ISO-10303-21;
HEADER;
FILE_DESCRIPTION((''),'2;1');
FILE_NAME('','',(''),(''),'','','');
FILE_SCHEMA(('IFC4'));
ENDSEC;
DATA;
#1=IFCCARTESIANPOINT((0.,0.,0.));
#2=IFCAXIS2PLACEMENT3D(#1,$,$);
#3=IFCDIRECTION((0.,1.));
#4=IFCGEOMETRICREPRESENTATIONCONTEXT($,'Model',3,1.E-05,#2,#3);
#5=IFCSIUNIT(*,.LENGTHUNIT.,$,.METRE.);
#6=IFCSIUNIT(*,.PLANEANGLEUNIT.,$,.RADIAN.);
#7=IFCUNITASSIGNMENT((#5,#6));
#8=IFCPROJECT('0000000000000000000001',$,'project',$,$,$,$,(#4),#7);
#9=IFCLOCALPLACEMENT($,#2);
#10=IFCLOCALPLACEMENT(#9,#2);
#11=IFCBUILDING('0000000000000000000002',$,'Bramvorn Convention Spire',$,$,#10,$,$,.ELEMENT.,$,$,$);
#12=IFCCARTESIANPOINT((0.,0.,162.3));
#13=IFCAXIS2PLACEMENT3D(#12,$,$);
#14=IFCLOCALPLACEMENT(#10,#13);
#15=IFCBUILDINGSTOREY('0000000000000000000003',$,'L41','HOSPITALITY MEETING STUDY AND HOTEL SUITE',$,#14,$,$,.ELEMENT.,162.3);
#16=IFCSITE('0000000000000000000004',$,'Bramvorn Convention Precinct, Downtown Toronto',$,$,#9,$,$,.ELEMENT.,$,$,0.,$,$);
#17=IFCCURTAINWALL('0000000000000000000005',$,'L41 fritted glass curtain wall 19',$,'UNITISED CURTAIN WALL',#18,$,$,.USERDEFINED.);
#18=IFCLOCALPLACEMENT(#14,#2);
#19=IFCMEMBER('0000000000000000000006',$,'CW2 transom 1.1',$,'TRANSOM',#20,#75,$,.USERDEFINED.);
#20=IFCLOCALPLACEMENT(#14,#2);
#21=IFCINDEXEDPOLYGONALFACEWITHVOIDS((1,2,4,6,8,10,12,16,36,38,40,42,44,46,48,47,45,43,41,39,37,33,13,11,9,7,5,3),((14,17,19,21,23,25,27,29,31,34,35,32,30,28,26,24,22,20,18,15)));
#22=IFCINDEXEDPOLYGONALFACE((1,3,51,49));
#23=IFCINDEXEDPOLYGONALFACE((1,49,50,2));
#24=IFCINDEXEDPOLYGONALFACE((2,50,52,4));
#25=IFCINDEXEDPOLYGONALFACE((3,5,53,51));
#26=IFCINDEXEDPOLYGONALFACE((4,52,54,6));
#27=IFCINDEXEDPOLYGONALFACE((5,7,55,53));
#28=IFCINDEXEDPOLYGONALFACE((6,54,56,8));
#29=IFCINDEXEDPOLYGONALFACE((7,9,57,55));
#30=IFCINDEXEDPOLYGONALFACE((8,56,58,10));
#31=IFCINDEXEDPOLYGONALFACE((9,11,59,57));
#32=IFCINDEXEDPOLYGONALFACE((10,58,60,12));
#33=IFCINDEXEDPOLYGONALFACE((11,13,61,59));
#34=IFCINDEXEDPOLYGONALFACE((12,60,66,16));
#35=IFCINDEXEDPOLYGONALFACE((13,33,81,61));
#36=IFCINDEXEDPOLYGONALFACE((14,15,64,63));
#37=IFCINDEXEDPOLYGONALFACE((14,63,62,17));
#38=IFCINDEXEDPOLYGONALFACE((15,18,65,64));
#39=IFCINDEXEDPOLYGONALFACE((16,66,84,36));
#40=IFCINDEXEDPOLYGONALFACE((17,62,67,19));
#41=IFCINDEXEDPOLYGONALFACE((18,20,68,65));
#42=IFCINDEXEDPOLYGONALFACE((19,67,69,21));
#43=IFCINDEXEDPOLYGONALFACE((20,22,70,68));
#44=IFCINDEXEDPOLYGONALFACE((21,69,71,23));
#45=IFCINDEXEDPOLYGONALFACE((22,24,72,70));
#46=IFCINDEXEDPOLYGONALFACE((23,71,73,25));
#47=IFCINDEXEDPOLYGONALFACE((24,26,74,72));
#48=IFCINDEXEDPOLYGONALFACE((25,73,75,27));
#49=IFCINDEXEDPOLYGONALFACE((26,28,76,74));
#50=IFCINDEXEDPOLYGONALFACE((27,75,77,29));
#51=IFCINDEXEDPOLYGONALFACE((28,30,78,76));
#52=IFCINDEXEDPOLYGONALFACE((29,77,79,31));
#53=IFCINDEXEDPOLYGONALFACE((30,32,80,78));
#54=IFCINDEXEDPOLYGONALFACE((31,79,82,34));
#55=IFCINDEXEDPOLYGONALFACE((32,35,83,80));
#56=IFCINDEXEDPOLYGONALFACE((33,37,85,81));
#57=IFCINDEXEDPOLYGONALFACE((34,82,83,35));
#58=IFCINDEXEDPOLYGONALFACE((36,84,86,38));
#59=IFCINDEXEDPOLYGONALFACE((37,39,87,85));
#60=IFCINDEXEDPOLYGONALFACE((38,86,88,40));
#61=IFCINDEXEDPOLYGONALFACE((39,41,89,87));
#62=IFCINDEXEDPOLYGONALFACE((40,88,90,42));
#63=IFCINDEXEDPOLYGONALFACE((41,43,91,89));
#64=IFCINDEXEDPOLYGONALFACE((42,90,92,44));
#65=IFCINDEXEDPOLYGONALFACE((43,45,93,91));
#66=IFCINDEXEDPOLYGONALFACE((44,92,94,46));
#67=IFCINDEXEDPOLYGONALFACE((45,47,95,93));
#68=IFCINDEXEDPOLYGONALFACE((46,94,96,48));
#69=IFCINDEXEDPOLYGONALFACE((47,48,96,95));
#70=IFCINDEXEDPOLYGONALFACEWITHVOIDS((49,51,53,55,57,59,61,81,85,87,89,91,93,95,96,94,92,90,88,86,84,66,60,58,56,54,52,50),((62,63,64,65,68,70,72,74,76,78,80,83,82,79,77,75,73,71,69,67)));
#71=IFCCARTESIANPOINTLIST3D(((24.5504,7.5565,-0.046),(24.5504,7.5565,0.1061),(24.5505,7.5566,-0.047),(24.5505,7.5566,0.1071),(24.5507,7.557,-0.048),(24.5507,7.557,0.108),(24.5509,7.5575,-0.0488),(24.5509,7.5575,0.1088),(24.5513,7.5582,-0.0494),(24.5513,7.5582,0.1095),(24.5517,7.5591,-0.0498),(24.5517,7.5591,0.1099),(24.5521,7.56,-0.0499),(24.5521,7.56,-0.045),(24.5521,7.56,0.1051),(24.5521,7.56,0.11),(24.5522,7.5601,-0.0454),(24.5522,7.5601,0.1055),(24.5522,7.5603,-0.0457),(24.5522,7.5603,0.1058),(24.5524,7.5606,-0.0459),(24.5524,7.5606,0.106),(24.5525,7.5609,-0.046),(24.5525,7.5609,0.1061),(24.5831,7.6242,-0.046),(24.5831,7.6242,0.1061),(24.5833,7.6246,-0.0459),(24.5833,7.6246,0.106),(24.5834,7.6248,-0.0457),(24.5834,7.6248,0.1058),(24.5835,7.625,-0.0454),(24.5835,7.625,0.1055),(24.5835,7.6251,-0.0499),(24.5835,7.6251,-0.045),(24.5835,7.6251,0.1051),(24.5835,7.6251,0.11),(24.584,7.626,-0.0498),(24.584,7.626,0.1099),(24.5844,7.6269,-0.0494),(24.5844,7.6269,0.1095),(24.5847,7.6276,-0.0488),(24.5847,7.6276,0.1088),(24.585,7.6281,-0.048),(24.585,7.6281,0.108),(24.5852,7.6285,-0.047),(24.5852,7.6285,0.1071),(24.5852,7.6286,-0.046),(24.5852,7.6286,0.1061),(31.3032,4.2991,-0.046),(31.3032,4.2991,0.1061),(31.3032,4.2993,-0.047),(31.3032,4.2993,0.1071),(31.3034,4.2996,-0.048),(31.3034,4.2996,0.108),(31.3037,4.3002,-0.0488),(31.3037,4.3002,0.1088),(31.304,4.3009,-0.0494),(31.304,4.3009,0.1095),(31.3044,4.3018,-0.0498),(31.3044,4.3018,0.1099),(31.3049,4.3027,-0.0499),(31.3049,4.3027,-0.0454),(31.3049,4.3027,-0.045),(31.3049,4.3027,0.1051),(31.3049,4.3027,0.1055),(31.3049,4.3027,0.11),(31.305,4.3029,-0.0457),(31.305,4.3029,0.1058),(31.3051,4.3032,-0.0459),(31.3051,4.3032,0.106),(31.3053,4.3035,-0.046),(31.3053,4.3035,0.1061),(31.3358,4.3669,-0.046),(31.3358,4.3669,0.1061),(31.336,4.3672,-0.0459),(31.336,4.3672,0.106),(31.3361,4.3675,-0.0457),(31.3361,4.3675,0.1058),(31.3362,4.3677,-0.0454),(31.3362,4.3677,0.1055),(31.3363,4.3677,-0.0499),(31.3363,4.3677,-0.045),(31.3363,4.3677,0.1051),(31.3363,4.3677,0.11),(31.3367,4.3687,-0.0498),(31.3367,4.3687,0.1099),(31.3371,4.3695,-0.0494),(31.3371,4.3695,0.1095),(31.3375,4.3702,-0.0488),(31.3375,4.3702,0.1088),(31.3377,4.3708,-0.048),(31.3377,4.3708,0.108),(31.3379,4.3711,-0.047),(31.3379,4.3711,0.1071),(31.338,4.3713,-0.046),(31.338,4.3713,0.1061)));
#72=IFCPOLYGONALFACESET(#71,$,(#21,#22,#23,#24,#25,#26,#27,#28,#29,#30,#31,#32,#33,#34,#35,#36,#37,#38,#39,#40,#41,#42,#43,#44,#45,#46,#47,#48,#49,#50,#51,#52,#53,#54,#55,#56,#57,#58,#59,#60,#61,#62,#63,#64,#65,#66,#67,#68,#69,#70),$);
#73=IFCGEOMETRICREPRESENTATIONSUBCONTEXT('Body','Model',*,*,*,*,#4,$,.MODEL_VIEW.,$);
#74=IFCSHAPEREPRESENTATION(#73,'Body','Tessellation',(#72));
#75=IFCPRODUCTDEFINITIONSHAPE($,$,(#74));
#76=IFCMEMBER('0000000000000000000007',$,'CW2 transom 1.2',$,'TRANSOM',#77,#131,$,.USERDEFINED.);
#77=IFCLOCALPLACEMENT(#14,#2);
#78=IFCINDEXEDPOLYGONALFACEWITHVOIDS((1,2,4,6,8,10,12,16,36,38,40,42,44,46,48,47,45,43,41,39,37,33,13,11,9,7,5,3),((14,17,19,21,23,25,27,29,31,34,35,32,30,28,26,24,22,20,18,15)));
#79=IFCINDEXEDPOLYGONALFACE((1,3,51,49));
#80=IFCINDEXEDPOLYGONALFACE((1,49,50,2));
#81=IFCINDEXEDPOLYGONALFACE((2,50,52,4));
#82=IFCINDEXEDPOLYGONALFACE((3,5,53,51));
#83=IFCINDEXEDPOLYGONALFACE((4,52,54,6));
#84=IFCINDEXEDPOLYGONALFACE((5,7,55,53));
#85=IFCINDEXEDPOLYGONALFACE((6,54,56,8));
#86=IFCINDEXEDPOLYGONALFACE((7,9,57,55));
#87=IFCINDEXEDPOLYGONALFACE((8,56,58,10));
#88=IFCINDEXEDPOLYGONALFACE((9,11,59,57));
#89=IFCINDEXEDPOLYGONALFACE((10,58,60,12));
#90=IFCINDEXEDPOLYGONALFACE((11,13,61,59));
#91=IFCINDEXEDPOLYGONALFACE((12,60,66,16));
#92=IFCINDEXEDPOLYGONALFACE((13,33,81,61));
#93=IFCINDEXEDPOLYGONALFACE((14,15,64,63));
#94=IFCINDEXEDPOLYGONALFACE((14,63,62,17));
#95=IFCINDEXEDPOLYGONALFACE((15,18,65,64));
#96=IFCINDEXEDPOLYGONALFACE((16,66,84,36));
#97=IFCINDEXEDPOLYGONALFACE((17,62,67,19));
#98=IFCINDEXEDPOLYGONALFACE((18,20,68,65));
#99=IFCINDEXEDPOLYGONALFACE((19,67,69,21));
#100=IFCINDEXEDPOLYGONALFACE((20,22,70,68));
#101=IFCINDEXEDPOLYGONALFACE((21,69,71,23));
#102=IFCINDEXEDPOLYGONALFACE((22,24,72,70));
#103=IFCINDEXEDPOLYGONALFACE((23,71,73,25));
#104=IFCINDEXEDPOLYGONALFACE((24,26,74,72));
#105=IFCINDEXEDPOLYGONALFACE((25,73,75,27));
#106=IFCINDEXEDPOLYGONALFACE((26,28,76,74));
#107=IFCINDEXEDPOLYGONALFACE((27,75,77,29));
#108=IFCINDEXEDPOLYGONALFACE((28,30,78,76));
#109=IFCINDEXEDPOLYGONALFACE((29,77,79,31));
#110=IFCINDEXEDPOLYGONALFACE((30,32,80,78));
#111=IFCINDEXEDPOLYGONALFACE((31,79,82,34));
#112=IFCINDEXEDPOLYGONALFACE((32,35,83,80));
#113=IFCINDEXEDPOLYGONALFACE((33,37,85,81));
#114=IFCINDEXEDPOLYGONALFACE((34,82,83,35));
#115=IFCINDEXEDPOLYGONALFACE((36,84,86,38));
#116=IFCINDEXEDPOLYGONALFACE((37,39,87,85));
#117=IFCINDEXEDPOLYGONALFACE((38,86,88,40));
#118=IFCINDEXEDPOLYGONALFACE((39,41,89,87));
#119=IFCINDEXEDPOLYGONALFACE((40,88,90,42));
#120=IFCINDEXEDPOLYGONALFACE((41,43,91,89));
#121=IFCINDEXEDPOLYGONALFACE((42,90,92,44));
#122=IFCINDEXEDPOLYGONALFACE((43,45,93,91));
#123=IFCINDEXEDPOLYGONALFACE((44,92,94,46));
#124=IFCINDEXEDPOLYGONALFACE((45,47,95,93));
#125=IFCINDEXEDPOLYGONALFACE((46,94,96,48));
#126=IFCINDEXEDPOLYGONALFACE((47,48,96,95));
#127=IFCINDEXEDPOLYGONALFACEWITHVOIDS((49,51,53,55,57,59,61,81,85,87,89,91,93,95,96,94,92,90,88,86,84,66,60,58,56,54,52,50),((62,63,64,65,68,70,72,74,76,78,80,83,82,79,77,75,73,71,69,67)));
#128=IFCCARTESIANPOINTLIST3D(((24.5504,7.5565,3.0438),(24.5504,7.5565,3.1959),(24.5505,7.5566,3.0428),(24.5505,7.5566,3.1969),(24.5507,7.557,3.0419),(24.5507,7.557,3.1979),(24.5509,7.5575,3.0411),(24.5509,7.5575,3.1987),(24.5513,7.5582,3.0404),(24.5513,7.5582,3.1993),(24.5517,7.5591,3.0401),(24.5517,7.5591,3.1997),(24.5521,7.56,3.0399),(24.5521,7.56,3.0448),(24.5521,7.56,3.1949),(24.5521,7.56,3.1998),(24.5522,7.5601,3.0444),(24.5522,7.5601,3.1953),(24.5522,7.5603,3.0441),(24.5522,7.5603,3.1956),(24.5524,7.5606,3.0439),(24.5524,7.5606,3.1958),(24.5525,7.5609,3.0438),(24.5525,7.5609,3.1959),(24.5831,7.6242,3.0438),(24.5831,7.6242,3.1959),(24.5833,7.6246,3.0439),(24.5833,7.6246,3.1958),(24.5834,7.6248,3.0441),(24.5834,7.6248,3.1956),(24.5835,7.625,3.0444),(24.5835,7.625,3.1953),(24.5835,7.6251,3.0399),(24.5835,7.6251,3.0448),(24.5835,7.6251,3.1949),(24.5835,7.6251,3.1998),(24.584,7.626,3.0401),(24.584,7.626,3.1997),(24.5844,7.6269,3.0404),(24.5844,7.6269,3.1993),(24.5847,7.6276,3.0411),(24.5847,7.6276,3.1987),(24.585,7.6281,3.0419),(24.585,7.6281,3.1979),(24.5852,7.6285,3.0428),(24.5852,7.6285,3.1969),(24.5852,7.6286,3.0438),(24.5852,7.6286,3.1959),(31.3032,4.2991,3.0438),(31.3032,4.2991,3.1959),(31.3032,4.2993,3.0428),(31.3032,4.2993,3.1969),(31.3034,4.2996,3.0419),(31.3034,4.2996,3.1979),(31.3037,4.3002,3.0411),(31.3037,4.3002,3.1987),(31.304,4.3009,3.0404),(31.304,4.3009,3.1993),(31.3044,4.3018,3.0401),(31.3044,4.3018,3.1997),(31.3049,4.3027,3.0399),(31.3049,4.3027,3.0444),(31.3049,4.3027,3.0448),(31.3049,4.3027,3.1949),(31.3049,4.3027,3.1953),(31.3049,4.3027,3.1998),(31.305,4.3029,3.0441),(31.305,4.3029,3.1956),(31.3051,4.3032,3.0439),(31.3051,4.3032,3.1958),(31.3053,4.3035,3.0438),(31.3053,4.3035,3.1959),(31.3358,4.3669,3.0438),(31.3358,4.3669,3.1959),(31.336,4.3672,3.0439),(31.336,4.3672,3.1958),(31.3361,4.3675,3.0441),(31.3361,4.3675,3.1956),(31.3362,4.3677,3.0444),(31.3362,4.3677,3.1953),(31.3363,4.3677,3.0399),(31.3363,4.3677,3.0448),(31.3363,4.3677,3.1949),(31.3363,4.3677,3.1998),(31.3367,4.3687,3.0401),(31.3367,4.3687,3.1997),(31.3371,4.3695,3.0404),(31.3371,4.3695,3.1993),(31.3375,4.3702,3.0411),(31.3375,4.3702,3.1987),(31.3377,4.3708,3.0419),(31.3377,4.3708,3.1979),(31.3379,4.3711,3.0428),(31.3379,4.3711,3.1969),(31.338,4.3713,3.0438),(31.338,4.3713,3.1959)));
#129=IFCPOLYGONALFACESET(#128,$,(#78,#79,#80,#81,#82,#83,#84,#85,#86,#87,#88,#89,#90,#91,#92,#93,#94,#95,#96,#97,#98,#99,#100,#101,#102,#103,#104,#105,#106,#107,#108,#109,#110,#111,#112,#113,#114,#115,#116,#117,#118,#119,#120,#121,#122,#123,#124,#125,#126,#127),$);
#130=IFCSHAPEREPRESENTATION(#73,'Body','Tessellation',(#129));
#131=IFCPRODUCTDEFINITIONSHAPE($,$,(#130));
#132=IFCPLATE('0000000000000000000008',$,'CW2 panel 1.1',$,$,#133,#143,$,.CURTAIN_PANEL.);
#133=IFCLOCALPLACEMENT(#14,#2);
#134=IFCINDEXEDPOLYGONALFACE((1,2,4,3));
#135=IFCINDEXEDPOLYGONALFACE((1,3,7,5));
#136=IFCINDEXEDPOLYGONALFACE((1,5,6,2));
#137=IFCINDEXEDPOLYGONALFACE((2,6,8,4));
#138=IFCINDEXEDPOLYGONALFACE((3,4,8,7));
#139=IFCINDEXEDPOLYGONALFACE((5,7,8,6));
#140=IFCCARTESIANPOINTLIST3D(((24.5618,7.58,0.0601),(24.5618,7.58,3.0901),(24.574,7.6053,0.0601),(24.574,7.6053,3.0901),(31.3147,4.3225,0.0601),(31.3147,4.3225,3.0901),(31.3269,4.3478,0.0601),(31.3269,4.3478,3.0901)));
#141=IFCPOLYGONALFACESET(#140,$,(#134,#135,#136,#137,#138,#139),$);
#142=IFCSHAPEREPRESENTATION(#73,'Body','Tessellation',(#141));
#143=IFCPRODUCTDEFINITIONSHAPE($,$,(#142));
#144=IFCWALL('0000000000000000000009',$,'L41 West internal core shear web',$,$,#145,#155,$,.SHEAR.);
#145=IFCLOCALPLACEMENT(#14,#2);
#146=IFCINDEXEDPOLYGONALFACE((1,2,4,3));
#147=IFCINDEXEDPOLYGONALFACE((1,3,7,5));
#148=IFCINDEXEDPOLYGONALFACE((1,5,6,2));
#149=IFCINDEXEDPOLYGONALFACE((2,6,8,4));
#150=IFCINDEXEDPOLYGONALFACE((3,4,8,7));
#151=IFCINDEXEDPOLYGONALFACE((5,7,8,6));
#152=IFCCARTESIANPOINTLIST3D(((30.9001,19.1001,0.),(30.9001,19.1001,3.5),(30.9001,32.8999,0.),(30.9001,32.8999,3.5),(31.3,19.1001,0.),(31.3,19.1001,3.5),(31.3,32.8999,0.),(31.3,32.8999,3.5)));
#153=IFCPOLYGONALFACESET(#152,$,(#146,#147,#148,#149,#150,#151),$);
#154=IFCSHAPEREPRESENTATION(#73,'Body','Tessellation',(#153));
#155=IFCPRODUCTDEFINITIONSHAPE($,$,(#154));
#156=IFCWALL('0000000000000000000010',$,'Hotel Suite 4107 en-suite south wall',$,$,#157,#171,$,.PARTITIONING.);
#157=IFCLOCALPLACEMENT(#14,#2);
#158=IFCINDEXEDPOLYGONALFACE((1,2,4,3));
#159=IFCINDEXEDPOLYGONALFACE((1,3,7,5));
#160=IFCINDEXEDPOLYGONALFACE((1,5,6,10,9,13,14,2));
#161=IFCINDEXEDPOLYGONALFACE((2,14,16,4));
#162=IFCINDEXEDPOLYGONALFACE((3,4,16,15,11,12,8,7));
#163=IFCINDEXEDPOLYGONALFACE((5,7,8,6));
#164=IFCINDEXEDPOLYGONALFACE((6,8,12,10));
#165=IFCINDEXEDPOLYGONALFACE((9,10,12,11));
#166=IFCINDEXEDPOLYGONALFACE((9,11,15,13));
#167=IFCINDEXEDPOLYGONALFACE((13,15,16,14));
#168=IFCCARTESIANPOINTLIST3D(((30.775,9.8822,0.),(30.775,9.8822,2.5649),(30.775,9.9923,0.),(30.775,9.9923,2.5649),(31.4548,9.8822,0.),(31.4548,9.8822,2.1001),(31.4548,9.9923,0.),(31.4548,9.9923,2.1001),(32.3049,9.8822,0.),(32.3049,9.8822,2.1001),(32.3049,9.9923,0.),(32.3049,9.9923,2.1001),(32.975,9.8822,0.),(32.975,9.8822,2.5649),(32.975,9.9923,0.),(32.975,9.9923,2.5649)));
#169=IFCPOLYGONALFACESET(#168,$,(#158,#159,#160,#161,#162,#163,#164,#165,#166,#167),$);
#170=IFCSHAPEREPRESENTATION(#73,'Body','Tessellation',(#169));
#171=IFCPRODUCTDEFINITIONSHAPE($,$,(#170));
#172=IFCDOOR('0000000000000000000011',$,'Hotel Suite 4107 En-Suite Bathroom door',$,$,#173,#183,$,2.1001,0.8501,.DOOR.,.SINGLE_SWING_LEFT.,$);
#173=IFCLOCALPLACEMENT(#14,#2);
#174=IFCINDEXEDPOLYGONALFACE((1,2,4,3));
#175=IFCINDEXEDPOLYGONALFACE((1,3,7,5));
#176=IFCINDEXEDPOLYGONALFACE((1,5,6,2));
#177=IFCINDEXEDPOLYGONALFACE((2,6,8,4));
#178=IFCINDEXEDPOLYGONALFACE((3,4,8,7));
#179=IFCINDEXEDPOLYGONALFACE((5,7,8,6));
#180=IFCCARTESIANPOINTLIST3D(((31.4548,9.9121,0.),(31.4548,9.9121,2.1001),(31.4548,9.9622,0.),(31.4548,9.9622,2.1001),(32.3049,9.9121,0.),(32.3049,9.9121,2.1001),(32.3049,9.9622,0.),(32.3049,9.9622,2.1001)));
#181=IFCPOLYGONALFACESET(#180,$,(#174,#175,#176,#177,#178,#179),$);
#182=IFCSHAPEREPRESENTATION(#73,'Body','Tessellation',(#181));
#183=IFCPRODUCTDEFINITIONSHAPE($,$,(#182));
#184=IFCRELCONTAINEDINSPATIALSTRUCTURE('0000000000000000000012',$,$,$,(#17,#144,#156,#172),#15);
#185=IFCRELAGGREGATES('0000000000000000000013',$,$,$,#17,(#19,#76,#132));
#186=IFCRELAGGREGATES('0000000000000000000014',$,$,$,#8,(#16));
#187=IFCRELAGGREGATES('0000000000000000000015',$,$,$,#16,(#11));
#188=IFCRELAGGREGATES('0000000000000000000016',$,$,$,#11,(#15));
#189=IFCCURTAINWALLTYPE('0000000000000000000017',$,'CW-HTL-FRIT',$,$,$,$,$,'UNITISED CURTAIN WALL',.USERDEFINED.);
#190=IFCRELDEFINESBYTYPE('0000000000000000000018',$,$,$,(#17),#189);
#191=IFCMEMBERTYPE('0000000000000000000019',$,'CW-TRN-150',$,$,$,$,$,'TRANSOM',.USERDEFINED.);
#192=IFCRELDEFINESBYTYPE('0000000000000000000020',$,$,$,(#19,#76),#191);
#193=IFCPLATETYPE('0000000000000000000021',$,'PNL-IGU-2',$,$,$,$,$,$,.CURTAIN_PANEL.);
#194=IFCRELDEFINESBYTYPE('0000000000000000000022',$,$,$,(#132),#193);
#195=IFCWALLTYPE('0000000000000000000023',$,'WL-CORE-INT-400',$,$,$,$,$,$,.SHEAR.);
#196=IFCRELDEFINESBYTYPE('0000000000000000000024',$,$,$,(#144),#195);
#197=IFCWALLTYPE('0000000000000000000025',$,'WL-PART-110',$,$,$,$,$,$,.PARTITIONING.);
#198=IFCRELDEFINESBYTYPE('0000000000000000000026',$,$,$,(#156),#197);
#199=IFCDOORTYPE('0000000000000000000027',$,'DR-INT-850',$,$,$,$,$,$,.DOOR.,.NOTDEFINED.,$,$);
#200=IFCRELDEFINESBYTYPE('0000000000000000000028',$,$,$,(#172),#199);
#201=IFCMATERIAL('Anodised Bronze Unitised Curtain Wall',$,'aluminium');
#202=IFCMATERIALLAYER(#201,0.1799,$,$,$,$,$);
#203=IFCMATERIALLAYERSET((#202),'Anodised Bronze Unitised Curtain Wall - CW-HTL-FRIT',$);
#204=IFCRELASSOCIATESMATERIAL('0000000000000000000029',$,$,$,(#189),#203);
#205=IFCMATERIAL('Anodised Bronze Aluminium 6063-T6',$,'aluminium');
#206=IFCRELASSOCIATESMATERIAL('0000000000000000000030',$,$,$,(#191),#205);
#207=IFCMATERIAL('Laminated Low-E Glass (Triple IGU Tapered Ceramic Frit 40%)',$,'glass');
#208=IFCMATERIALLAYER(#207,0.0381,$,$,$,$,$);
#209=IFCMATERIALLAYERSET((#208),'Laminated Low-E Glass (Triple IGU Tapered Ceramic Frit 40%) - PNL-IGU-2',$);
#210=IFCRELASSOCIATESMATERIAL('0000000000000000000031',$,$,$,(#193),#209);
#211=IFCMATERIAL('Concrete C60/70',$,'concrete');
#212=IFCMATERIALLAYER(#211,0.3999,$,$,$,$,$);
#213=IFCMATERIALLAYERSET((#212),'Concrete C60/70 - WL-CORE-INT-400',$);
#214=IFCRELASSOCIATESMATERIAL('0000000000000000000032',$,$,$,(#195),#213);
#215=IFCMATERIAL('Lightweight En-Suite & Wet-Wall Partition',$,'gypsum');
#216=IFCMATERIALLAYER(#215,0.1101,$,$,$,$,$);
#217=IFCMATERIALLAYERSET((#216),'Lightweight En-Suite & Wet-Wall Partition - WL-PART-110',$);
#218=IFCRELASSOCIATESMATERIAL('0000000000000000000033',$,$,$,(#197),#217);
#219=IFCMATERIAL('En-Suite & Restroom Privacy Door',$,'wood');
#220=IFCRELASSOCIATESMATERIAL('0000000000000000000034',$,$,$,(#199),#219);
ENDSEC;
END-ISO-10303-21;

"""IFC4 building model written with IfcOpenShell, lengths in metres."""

from ifc_helpers import new_model, si_unit, direction, frame, frame_2d, origin, origin_2d, place, context, subcontext, project, spatial, rectangle, hollow_rectangle, extrude, material, layer, layer_set, material_profile, profile_set, type_object, element, fill, aggregate, save


model = new_model("IFC4")

# Units and contexts
model_context = context("Model", 3, precision=1e-05, world=origin(), true_north=direction((0.0, 1.0)))
body_context = subcontext(model_context, "Body", "Model", "MODEL_VIEW")
ifc_project = project(units=[si_unit("LENGTHUNIT", "METRE"), si_unit("PLANEANGLEUNIT", "RADIAN")], contexts=[model_context])

# Site, building, storey
site_placement = place(None, origin())
site = spatial("IfcSite", under=ifc_project, at=site_placement, Name="Bramvorn Convention Precinct, Downtown Toronto", CompositionType="ELEMENT", RefElevation=0.0)
building_placement = place(site_placement, origin())
building = spatial("IfcBuilding", under=site, at=building_placement, Name="Bramvorn Convention Spire", CompositionType="ELEMENT")
storey_placement = place(building_placement, frame((0.0, 0.0, 162.3)))
storey = spatial("IfcBuildingStorey", under=building, at=storey_placement, Name="L41", Description="HOSPITALITY MEETING STUDY AND HOTEL SUITE", CompositionType="ELEMENT", Elevation=162.3)

# Curtain wall, members, plate
ifc_material_1 = material(Name="Anodised Bronze Unitised Curtain Wall", Category="aluminium")
ifc_layer_1 = layer(ifc_material_1, 0.1799)
ifc_layer_set_1 = layer_set([ifc_layer_1], Name="Anodised Bronze Unitised Curtain Wall - CW-HTL-FRIT")
curtain_wall_type = type_object("IfcCurtainWallType", Name="CW-HTL-FRIT", ElementType="UNITISED CURTAIN WALL", PredefinedType="USERDEFINED", material=ifc_layer_set_1)
curtain_wall_placement = place(storey_placement, origin())
curtain_wall = element("IfcCurtainWall", 1, at=curtain_wall_placement, inside=storey, type_object=curtain_wall_type, Name="L41 fritted glass curtain wall 19", ObjectType="UNITISED CURTAIN WALL", PredefinedType="USERDEFINED")
ifc_material_2 = material(Name="Anodised Bronze Aluminium 6063-T6", Category="aluminium")
ifc_material_profile_1 = material_profile(ifc_material_2, hollow_rectangle(XDim=0.0801, YDim=0.1599, WallThickness=0.0039, InnerFilletRadius=0.001, OuterFilletRadius=0.0039, at=origin_2d()))
ifc_profile_set_1 = profile_set([ifc_material_profile_1], Name="Anodised Bronze Aluminium 6063-T6 - CWT80X160")
member_type_1 = type_object("IfcMemberType", Name="CW-TRN-150", ElementType="TRANSOM", PredefinedType="USERDEFINED", material=ifc_profile_set_1)
member_1_placement = place(storey_placement, frame((31.3206, 4.3352, 0.03), z_axis=(-0.900687, 0.434469, 0.0), x_axis=(-0.434469, -0.900687, 0.0)))
member_1 = element("IfcMember", 2, at=member_1_placement, type_object=member_type_1, Name="CW2 transom 1.1", ObjectType="TRANSOM", PredefinedType="USERDEFINED", context=body_context, shape_type="SweptSolid", body=[
    extrude(hollow_rectangle(XDim=0.0801, YDim=0.1599, WallThickness=0.0039, InnerFilletRadius=0.001, OuterFilletRadius=0.0039, at=origin_2d()), origin(), (0.0, 0.0, 1.0), 7.4973),
])
member_2_placement = place(storey_placement, frame((31.3206, 4.3352, 3.1199), z_axis=(-0.900687, 0.434469, 0.0), x_axis=(-0.434469, -0.900687, 0.0)))
member_2 = element("IfcMember", 3, at=member_2_placement, type_object=member_type_1, Name="CW2 transom 1.2", ObjectType="TRANSOM", PredefinedType="USERDEFINED", context=body_context, shape_type="SweptSolid", body=[
    extrude(hollow_rectangle(XDim=0.0801, YDim=0.1599, WallThickness=0.0039, InnerFilletRadius=0.001, OuterFilletRadius=0.0039, at=origin_2d()), origin(), (0.0, 0.0, 1.0), 7.4973),
])
ifc_material_3 = material(Name="Laminated Low-E Glass (Triple IGU Tapered Ceramic Frit 40%)", Category="glass")
ifc_layer_2 = layer(ifc_material_3, 0.0381)
ifc_layer_set_2 = layer_set([ifc_layer_2], Name="Laminated Low-E Glass (Triple IGU Tapered Ceramic Frit 40%) - PNL-IGU-2")
plate_type = type_object("IfcPlateType", Name="PNL-IGU-2", PredefinedType="CURTAIN_PANEL", material=ifc_layer_set_2)
plate_placement = place(storey_placement, frame((27.9443, 5.9639, 0.0601), z_axis=(0.0, 0.0, 1.0), x_axis=(-0.900683, 0.434477, 0.0)))
plate = element("IfcPlate", 4, at=plate_placement, type_object=plate_type, Name="CW2 panel 1.1", PredefinedType="CURTAIN_PANEL", context=body_context, shape_type="SweptSolid", body=[
    extrude(rectangle(XDim=7.4976, YDim=0.0281, at=origin_2d()), origin(), (0.0, 0.0, 1.0), 3.03),
])
aggregate(curtain_wall, [member_1, member_2, plate])

# Wall
ifc_material_4 = material(Name="Concrete C60/70", Category="concrete")
ifc_layer_3 = layer(ifc_material_4, 0.3999)
ifc_layer_set_3 = layer_set([ifc_layer_3], Name="Concrete C60/70 - WL-CORE-INT-400")
wall_type_1 = type_object("IfcWallType", Name="WL-CORE-INT-400", PredefinedType="SHEAR", material=ifc_layer_set_3)
wall_1_placement = place(storey_placement, frame((31.1001, 19.1001, 0.0), z_axis=(0.0, 0.0, 1.0), x_axis=(0.0, 1.0, 0.0)))
element("IfcWall", 5, at=wall_1_placement, inside=storey, type_object=wall_type_1, Name="L41 West internal core shear web", PredefinedType="SHEAR", context=body_context, shape_type="SweptSolid", body=[
    extrude(rectangle(XDim=13.7998, YDim=0.3999, at=frame_2d((6.8999, 0.0))), origin(), (0.0, 0.0, 1.0), 3.5),
])

# Wall, opening, door
ifc_material_5 = material(Name="Lightweight En-Suite & Wet-Wall Partition", Category="gypsum")
ifc_layer_4 = layer(ifc_material_5, 0.1101)
ifc_layer_set_4 = layer_set([ifc_layer_4], Name="Lightweight En-Suite & Wet-Wall Partition - WL-PART-110")
wall_type_2 = type_object("IfcWallType", Name="WL-PART-110", PredefinedType="PARTITIONING", material=ifc_layer_set_4)
wall_2_placement = place(storey_placement, frame((30.7749, 9.9373, 0.0), z_axis=(0.0, 0.0, 1.0), x_axis=(1.0, 0.0, 0.0)))
wall_2 = element("IfcWall", 6, at=wall_2_placement, inside=storey, type_object=wall_type_2, Name="Hotel Suite 4107 en-suite south wall", PredefinedType="PARTITIONING", context=body_context, shape_type="SweptSolid", body=[
    extrude(rectangle(XDim=2.2, YDim=0.1101, at=frame_2d((1.1001, 0.0))), origin(), (0.0, 0.0, 1.0), 2.5649),
])
opening_placement = place(wall_2_placement, frame((0.6799, 0.0, 0.0)))
opening = element("IfcOpeningElement", 7, at=opening_placement, cuts=wall_2, PredefinedType="OPENING", context=body_context, shape_type="SweptSolid", body=[
    extrude(rectangle(XDim=0.8501, YDim=2.1001, at=frame_2d((0.425, 1.05))), frame((0.0, 0.0649, 0.0), z_axis=(0.0, -1.0, 0.0), x_axis=(1.0, 0.0, 0.0)), (0.0, 0.0, 1.0), 0.1301),
])
ifc_material_6 = material(Name="En-Suite & Restroom Privacy Door", Category="wood")
door_type = type_object("IfcDoorType", Name="DR-INT-850", OperationType="NOTDEFINED", PredefinedType="DOOR", material=ifc_material_6)
door_placement = place(opening_placement, origin())
door = element("IfcDoor", 8, at=door_placement, inside=storey, type_object=door_type, Name="Hotel Suite 4107 En-Suite Bathroom door", OperationType="SINGLE_SWING_LEFT", OverallHeight=2.1001, OverallWidth=0.8501, PredefinedType="DOOR", context=body_context, shape_type="SweptSolid", body=[
    extrude(rectangle(XDim=0.8501, YDim=2.1001, at=frame_2d((0.425, 1.05))), frame((0.0, 0.0249, 0.0), z_axis=(0.0, -1.0, 0.0), x_axis=(1.0, 0.0, 0.0)), (0.0, 0.0, 1.0), 0.05),
])
fill(opening, door)

save(model, "model.ifc")
